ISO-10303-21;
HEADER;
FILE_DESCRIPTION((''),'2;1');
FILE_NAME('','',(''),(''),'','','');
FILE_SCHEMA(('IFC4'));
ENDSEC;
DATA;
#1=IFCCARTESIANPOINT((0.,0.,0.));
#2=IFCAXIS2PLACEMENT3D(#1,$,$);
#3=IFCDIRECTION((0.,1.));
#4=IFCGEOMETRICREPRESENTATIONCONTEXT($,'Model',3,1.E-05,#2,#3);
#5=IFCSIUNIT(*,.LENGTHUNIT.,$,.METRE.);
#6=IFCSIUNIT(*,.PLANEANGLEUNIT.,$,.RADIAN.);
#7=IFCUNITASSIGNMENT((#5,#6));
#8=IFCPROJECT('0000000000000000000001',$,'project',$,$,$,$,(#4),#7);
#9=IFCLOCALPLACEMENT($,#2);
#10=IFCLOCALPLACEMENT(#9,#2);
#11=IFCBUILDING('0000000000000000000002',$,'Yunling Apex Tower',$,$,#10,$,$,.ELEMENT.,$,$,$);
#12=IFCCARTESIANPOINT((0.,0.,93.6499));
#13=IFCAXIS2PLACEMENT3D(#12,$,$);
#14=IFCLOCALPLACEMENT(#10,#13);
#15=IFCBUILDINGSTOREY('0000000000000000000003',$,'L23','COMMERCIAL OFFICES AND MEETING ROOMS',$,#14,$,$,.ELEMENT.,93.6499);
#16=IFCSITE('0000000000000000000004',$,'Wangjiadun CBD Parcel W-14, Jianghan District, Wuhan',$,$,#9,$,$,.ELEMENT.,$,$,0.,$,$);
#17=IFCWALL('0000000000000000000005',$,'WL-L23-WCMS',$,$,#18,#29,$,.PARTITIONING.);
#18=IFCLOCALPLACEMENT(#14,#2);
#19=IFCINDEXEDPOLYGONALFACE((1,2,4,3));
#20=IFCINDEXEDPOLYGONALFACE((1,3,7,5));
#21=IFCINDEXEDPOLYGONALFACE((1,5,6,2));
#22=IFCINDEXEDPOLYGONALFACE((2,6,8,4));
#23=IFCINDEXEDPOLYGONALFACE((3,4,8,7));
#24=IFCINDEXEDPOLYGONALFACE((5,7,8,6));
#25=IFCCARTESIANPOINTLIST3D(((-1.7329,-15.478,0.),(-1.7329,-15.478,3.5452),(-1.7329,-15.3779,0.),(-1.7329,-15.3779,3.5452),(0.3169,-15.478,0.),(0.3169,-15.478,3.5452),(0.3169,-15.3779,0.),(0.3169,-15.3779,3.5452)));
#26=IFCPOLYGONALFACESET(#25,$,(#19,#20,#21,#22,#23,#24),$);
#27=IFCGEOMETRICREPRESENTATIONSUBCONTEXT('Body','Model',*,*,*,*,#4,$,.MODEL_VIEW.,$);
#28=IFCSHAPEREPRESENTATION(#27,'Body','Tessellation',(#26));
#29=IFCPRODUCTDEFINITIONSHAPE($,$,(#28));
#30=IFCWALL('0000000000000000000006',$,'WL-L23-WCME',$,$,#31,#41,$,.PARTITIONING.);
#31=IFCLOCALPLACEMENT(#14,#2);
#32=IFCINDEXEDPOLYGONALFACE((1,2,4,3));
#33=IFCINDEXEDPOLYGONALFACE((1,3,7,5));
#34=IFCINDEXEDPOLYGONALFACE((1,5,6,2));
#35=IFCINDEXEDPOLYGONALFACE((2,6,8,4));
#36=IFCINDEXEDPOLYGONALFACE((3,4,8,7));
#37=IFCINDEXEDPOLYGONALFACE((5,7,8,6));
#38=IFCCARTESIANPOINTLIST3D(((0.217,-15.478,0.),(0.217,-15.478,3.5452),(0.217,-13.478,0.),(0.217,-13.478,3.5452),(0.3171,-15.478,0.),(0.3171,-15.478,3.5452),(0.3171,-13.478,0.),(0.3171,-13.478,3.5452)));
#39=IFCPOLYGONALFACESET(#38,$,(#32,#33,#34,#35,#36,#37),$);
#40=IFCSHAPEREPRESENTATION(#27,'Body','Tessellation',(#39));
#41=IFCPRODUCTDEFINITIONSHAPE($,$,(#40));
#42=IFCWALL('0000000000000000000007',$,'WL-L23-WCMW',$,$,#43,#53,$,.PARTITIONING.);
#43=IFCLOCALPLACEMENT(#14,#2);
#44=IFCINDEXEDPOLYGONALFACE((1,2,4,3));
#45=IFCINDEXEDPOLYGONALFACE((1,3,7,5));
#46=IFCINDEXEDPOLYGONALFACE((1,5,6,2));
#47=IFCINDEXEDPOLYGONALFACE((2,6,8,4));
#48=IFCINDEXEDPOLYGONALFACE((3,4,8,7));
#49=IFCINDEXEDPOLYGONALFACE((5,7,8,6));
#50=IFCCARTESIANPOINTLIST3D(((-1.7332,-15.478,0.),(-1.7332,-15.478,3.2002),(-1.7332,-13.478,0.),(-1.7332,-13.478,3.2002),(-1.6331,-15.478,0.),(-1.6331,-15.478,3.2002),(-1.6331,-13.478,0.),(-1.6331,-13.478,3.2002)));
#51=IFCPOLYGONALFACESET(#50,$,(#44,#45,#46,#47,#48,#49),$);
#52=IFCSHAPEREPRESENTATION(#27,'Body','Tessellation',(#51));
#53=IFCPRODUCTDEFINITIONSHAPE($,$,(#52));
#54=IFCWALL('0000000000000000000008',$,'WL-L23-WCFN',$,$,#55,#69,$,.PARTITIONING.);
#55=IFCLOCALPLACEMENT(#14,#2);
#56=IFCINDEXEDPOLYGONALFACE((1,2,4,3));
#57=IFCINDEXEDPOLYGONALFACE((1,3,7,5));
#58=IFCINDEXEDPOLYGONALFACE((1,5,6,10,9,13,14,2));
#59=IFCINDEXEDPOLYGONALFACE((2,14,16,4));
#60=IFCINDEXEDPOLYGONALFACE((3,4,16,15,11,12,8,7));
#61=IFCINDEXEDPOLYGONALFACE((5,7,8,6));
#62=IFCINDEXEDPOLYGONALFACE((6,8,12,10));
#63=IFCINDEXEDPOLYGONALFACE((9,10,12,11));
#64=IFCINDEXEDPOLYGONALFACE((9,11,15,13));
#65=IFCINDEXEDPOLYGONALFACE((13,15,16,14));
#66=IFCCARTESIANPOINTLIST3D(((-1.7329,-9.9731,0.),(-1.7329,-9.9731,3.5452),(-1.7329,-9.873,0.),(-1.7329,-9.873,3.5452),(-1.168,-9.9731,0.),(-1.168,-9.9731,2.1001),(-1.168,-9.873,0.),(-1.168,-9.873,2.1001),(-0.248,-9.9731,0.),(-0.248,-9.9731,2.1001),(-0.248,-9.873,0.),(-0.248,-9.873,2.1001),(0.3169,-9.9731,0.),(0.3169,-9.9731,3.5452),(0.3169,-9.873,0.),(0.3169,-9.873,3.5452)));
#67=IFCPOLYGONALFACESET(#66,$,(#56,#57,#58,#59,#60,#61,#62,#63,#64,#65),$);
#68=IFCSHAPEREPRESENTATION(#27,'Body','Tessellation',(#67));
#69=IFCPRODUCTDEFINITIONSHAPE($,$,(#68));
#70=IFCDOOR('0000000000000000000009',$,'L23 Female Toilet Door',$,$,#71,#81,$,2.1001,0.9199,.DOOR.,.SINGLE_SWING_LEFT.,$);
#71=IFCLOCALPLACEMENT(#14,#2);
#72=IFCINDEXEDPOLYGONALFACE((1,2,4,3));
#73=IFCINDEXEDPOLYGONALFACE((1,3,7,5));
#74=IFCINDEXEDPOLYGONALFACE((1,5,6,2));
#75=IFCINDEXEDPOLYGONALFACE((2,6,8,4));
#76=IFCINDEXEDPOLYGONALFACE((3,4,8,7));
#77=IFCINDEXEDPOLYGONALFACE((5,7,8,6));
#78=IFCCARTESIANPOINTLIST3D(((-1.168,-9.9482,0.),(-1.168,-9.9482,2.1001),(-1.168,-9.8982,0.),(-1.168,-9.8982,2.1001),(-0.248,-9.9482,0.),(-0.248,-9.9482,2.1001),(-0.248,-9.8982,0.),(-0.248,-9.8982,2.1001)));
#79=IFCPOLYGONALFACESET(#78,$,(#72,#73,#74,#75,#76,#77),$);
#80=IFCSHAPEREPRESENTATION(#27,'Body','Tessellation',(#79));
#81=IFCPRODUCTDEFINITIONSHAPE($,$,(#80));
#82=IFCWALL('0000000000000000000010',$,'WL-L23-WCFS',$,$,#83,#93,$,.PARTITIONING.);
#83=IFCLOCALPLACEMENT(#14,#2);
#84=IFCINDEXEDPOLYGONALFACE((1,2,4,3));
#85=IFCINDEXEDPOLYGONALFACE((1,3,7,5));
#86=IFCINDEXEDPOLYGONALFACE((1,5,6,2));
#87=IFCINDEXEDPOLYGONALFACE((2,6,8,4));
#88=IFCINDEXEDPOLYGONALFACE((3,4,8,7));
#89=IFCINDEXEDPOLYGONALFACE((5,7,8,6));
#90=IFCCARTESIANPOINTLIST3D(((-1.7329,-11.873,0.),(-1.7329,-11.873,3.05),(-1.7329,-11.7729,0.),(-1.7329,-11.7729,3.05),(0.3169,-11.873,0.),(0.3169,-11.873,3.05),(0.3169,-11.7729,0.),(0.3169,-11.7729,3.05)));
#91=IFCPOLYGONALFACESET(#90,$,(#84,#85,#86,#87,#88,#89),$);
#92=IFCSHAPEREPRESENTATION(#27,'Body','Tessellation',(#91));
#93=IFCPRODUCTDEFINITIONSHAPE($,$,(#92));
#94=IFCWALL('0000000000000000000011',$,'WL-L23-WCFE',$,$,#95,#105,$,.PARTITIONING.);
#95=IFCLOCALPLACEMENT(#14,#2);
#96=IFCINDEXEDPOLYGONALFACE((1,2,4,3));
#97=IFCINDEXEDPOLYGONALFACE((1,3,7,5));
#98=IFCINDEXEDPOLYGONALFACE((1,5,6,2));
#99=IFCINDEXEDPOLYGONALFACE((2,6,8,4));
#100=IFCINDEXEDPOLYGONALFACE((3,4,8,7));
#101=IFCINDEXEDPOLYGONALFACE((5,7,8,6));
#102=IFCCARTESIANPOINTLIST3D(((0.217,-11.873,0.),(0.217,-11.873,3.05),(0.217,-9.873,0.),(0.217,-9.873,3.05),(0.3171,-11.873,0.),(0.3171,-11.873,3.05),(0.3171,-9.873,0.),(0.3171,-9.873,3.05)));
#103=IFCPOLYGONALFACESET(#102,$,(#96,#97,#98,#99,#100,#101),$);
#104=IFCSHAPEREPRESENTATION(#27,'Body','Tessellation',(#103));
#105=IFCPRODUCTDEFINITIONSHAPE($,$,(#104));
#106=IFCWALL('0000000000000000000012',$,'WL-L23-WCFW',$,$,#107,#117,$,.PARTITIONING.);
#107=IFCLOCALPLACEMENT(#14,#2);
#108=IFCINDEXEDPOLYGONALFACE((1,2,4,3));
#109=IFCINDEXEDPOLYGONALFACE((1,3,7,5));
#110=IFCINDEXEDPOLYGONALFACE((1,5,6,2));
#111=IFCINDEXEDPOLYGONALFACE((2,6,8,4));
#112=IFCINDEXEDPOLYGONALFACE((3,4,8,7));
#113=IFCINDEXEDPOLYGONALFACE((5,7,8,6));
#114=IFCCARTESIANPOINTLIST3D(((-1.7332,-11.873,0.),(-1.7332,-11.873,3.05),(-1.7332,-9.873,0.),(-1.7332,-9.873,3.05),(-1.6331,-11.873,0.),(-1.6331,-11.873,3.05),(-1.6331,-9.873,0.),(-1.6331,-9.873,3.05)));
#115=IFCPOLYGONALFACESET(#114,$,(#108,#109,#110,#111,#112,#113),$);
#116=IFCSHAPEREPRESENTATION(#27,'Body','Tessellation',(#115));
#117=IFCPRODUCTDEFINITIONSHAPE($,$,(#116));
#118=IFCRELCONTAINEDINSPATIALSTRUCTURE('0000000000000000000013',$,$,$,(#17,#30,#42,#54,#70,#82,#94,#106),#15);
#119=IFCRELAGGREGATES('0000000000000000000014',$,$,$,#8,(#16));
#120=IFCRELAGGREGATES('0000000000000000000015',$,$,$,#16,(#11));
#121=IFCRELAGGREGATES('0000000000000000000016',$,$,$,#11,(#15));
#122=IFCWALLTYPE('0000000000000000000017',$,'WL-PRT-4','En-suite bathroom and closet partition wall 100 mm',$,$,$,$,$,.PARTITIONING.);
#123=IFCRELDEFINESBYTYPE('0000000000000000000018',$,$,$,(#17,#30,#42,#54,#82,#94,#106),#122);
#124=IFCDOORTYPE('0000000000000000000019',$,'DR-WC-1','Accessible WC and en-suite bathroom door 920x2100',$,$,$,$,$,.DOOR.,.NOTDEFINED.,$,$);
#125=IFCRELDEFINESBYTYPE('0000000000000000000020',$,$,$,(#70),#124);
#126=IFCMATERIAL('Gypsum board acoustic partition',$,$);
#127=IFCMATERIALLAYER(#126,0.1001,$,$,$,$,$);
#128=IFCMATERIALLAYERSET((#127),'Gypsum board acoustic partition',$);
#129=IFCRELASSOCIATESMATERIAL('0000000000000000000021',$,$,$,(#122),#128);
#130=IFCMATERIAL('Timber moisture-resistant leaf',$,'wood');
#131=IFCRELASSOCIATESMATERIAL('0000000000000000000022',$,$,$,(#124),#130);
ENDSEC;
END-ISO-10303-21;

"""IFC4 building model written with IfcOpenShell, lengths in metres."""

from ifc_helpers import new_model, si_unit, direction, frame, frame_2d, origin, place, context, subcontext, project, spatial, rectangle, extrude, material, layer, layer_set, type_object, element, fill, save


model = new_model("IFC4")

# Units and contexts
model_context = context("Model", 3, precision=1e-05, world=origin(), true_north=direction((0.0, 1.0)))
body_context = subcontext(model_context, "Body", "Model", "MODEL_VIEW")
ifc_project = project(units=[si_unit("LENGTHUNIT", "METRE"), si_unit("PLANEANGLEUNIT", "RADIAN")], contexts=[model_context])

# Site, building, storey
site_placement = place(None, origin())
site = spatial("IfcSite", under=ifc_project, at=site_placement, Name="Wangjiadun CBD Parcel W-14, Jianghan District, Wuhan", CompositionType="ELEMENT", RefElevation=0.0)
building_placement = place(site_placement, origin())
building = spatial("IfcBuilding", under=site, at=building_placement, Name="Yunling Apex Tower", CompositionType="ELEMENT")
storey_placement = place(building_placement, frame((0.0, 0.0, 93.6499)))
storey = spatial("IfcBuildingStorey", under=building, at=storey_placement, Name="L23", Description="COMMERCIAL OFFICES AND MEETING ROOMS", CompositionType="ELEMENT", Elevation=93.6499)

# Shared definitions
ifc_material_1 = material(Name="Gypsum board acoustic partition")
ifc_layer_1 = layer(ifc_material_1, 0.1001)
ifc_layer_set_1 = layer_set([ifc_layer_1], Name="Gypsum board acoustic partition")
wall_type = type_object("IfcWallType", Name="WL-PRT-4", Description="En-suite bathroom and closet partition wall 100 mm", PredefinedType="PARTITIONING", material=ifc_layer_set_1)
ifc_material_2 = material(Name="Timber moisture-resistant leaf", Category="wood")
door_type = type_object("IfcDoorType", Name="DR-WC-1", Description="Accessible WC and en-suite bathroom door 920x2100", OperationType="NOTDEFINED", PredefinedType="DOOR", material=ifc_material_2)

# Walls
wall_1_placement = place(storey_placement, frame((0.3169, -15.428, 0.0), z_axis=(0.0, 0.0, 1.0), x_axis=(-1.0, 0.0, 0.0)))
element("IfcWall", 1, at=wall_1_placement, inside=storey, type_object=wall_type, Name="WL-L23-WCMS", PredefinedType="PARTITIONING", context=body_context, shape_type="SweptSolid", body=[
    extrude(rectangle(XDim=2.0498, YDim=0.1001, at=frame_2d((1.0249, 0.0))), origin(), (0.0, 0.0, 1.0), 3.5452),
])
wall_2_placement = place(storey_placement, frame((0.2671, -13.478, 0.0), z_axis=(0.0, 0.0, 1.0), x_axis=(0.0, -1.0, 0.0)))
element("IfcWall", 2, at=wall_2_placement, inside=storey, type_object=wall_type, Name="WL-L23-WCME", PredefinedType="PARTITIONING", context=body_context, shape_type="SweptSolid", body=[
    extrude(rectangle(XDim=2.0, YDim=0.1001, at=frame_2d((1.0, 0.0))), origin(), (0.0, 0.0, 1.0), 3.5452),
])
wall_3_placement = place(storey_placement, frame((-1.6831, -15.478, 0.0), z_axis=(0.0, 0.0, 1.0), x_axis=(0.0, 1.0, 0.0)))
element("IfcWall", 3, at=wall_3_placement, inside=storey, type_object=wall_type, Name="WL-L23-WCMW", PredefinedType="PARTITIONING", context=body_context, shape_type="SweptSolid", body=[
    extrude(rectangle(XDim=2.0, YDim=0.1001, at=frame_2d((1.0, 0.0))), origin(), (0.0, 0.0, 1.0), 3.2002),
])

# Wall, opening, door
wall_4_placement = place(storey_placement, frame((-1.7329, -9.9231, 0.0), z_axis=(0.0, 0.0, 1.0), x_axis=(1.0, 0.0, 0.0)))
wall_4 = element("IfcWall", 4, at=wall_4_placement, inside=storey, type_object=wall_type, Name="WL-L23-WCFN", PredefinedType="PARTITIONING", context=body_context, shape_type="SweptSolid", body=[
    extrude(rectangle(XDim=2.0498, YDim=0.1001, at=frame_2d((1.0249, 0.0))), origin(), (0.0, 0.0, 1.0), 3.5452),
])
opening_1_placement = place(wall_4_placement, frame((0.5649, 0.0, 0.0)))
opening_1 = element("IfcOpeningElement", 5, at=opening_1_placement, cuts=wall_4, PredefinedType="OPENING", context=body_context, shape_type="SweptSolid", body=[
    extrude(rectangle(XDim=0.9199, YDim=2.1001, at=frame_2d((0.46, 1.05))), frame((0.0, 0.0601, 0.0), z_axis=(0.0, -1.0, 0.0), x_axis=(1.0, 0.0, 0.0)), (0.0, 0.0, 1.0), 0.1201),
])
door_1_placement = place(opening_1_placement, origin())
door_1 = element("IfcDoor", 6, at=door_1_placement, inside=storey, type_object=door_type, Name="L23 Female Toilet Door", OperationType="SINGLE_SWING_LEFT", OverallHeight=2.1001, OverallWidth=0.9199, PredefinedType="DOOR", context=body_context, shape_type="SweptSolid", body=[
    extrude(rectangle(XDim=0.9199, YDim=2.1001, at=frame_2d((0.46, 1.05))), frame((0.0, 0.0249, 0.0), z_axis=(0.0, -1.0, 0.0), x_axis=(1.0, 0.0, 0.0)), (0.0, 0.0, 1.0), 0.05),
])
fill(opening_1, door_1)

# Walls
wall_5_placement = place(storey_placement, frame((0.3169, -11.823, 0.0), z_axis=(0.0, 0.0, 1.0), x_axis=(-1.0, 0.0, 0.0)))
element("IfcWall", 7, at=wall_5_placement, inside=storey, type_object=wall_type, Name="WL-L23-WCFS", PredefinedType="PARTITIONING", context=body_context, shape_type="SweptSolid", body=[
    extrude(rectangle(XDim=2.0498, YDim=0.1001, at=frame_2d((1.0249, 0.0))), origin(), (0.0, 0.0, 1.0), 3.05),
])
for number, where, z_axis, x_axis, name in (
    (8, (0.2671, -9.873, 0.0), (0.0, 0.0, 1.0), (0.0, -1.0, 0.0), "WL-L23-WCFE"),
    (9, (-1.6831, -11.873, 0.0), (0.0, 0.0, 1.0), (0.0, 1.0, 0.0), "WL-L23-WCFW"),
):
    element("IfcWall", number, at=place(storey_placement, frame(where, z_axis=z_axis, x_axis=x_axis)), inside=storey, type_object=wall_type, Name=name, PredefinedType="PARTITIONING", context=body_context, shape_type="SweptSolid", body=[
        extrude(rectangle(XDim=2.0, YDim=0.1001, at=frame_2d((1.0, 0.0))), origin(), (0.0, 0.0, 1.0), 3.05),
    ])

save(model, "model.ifc")
